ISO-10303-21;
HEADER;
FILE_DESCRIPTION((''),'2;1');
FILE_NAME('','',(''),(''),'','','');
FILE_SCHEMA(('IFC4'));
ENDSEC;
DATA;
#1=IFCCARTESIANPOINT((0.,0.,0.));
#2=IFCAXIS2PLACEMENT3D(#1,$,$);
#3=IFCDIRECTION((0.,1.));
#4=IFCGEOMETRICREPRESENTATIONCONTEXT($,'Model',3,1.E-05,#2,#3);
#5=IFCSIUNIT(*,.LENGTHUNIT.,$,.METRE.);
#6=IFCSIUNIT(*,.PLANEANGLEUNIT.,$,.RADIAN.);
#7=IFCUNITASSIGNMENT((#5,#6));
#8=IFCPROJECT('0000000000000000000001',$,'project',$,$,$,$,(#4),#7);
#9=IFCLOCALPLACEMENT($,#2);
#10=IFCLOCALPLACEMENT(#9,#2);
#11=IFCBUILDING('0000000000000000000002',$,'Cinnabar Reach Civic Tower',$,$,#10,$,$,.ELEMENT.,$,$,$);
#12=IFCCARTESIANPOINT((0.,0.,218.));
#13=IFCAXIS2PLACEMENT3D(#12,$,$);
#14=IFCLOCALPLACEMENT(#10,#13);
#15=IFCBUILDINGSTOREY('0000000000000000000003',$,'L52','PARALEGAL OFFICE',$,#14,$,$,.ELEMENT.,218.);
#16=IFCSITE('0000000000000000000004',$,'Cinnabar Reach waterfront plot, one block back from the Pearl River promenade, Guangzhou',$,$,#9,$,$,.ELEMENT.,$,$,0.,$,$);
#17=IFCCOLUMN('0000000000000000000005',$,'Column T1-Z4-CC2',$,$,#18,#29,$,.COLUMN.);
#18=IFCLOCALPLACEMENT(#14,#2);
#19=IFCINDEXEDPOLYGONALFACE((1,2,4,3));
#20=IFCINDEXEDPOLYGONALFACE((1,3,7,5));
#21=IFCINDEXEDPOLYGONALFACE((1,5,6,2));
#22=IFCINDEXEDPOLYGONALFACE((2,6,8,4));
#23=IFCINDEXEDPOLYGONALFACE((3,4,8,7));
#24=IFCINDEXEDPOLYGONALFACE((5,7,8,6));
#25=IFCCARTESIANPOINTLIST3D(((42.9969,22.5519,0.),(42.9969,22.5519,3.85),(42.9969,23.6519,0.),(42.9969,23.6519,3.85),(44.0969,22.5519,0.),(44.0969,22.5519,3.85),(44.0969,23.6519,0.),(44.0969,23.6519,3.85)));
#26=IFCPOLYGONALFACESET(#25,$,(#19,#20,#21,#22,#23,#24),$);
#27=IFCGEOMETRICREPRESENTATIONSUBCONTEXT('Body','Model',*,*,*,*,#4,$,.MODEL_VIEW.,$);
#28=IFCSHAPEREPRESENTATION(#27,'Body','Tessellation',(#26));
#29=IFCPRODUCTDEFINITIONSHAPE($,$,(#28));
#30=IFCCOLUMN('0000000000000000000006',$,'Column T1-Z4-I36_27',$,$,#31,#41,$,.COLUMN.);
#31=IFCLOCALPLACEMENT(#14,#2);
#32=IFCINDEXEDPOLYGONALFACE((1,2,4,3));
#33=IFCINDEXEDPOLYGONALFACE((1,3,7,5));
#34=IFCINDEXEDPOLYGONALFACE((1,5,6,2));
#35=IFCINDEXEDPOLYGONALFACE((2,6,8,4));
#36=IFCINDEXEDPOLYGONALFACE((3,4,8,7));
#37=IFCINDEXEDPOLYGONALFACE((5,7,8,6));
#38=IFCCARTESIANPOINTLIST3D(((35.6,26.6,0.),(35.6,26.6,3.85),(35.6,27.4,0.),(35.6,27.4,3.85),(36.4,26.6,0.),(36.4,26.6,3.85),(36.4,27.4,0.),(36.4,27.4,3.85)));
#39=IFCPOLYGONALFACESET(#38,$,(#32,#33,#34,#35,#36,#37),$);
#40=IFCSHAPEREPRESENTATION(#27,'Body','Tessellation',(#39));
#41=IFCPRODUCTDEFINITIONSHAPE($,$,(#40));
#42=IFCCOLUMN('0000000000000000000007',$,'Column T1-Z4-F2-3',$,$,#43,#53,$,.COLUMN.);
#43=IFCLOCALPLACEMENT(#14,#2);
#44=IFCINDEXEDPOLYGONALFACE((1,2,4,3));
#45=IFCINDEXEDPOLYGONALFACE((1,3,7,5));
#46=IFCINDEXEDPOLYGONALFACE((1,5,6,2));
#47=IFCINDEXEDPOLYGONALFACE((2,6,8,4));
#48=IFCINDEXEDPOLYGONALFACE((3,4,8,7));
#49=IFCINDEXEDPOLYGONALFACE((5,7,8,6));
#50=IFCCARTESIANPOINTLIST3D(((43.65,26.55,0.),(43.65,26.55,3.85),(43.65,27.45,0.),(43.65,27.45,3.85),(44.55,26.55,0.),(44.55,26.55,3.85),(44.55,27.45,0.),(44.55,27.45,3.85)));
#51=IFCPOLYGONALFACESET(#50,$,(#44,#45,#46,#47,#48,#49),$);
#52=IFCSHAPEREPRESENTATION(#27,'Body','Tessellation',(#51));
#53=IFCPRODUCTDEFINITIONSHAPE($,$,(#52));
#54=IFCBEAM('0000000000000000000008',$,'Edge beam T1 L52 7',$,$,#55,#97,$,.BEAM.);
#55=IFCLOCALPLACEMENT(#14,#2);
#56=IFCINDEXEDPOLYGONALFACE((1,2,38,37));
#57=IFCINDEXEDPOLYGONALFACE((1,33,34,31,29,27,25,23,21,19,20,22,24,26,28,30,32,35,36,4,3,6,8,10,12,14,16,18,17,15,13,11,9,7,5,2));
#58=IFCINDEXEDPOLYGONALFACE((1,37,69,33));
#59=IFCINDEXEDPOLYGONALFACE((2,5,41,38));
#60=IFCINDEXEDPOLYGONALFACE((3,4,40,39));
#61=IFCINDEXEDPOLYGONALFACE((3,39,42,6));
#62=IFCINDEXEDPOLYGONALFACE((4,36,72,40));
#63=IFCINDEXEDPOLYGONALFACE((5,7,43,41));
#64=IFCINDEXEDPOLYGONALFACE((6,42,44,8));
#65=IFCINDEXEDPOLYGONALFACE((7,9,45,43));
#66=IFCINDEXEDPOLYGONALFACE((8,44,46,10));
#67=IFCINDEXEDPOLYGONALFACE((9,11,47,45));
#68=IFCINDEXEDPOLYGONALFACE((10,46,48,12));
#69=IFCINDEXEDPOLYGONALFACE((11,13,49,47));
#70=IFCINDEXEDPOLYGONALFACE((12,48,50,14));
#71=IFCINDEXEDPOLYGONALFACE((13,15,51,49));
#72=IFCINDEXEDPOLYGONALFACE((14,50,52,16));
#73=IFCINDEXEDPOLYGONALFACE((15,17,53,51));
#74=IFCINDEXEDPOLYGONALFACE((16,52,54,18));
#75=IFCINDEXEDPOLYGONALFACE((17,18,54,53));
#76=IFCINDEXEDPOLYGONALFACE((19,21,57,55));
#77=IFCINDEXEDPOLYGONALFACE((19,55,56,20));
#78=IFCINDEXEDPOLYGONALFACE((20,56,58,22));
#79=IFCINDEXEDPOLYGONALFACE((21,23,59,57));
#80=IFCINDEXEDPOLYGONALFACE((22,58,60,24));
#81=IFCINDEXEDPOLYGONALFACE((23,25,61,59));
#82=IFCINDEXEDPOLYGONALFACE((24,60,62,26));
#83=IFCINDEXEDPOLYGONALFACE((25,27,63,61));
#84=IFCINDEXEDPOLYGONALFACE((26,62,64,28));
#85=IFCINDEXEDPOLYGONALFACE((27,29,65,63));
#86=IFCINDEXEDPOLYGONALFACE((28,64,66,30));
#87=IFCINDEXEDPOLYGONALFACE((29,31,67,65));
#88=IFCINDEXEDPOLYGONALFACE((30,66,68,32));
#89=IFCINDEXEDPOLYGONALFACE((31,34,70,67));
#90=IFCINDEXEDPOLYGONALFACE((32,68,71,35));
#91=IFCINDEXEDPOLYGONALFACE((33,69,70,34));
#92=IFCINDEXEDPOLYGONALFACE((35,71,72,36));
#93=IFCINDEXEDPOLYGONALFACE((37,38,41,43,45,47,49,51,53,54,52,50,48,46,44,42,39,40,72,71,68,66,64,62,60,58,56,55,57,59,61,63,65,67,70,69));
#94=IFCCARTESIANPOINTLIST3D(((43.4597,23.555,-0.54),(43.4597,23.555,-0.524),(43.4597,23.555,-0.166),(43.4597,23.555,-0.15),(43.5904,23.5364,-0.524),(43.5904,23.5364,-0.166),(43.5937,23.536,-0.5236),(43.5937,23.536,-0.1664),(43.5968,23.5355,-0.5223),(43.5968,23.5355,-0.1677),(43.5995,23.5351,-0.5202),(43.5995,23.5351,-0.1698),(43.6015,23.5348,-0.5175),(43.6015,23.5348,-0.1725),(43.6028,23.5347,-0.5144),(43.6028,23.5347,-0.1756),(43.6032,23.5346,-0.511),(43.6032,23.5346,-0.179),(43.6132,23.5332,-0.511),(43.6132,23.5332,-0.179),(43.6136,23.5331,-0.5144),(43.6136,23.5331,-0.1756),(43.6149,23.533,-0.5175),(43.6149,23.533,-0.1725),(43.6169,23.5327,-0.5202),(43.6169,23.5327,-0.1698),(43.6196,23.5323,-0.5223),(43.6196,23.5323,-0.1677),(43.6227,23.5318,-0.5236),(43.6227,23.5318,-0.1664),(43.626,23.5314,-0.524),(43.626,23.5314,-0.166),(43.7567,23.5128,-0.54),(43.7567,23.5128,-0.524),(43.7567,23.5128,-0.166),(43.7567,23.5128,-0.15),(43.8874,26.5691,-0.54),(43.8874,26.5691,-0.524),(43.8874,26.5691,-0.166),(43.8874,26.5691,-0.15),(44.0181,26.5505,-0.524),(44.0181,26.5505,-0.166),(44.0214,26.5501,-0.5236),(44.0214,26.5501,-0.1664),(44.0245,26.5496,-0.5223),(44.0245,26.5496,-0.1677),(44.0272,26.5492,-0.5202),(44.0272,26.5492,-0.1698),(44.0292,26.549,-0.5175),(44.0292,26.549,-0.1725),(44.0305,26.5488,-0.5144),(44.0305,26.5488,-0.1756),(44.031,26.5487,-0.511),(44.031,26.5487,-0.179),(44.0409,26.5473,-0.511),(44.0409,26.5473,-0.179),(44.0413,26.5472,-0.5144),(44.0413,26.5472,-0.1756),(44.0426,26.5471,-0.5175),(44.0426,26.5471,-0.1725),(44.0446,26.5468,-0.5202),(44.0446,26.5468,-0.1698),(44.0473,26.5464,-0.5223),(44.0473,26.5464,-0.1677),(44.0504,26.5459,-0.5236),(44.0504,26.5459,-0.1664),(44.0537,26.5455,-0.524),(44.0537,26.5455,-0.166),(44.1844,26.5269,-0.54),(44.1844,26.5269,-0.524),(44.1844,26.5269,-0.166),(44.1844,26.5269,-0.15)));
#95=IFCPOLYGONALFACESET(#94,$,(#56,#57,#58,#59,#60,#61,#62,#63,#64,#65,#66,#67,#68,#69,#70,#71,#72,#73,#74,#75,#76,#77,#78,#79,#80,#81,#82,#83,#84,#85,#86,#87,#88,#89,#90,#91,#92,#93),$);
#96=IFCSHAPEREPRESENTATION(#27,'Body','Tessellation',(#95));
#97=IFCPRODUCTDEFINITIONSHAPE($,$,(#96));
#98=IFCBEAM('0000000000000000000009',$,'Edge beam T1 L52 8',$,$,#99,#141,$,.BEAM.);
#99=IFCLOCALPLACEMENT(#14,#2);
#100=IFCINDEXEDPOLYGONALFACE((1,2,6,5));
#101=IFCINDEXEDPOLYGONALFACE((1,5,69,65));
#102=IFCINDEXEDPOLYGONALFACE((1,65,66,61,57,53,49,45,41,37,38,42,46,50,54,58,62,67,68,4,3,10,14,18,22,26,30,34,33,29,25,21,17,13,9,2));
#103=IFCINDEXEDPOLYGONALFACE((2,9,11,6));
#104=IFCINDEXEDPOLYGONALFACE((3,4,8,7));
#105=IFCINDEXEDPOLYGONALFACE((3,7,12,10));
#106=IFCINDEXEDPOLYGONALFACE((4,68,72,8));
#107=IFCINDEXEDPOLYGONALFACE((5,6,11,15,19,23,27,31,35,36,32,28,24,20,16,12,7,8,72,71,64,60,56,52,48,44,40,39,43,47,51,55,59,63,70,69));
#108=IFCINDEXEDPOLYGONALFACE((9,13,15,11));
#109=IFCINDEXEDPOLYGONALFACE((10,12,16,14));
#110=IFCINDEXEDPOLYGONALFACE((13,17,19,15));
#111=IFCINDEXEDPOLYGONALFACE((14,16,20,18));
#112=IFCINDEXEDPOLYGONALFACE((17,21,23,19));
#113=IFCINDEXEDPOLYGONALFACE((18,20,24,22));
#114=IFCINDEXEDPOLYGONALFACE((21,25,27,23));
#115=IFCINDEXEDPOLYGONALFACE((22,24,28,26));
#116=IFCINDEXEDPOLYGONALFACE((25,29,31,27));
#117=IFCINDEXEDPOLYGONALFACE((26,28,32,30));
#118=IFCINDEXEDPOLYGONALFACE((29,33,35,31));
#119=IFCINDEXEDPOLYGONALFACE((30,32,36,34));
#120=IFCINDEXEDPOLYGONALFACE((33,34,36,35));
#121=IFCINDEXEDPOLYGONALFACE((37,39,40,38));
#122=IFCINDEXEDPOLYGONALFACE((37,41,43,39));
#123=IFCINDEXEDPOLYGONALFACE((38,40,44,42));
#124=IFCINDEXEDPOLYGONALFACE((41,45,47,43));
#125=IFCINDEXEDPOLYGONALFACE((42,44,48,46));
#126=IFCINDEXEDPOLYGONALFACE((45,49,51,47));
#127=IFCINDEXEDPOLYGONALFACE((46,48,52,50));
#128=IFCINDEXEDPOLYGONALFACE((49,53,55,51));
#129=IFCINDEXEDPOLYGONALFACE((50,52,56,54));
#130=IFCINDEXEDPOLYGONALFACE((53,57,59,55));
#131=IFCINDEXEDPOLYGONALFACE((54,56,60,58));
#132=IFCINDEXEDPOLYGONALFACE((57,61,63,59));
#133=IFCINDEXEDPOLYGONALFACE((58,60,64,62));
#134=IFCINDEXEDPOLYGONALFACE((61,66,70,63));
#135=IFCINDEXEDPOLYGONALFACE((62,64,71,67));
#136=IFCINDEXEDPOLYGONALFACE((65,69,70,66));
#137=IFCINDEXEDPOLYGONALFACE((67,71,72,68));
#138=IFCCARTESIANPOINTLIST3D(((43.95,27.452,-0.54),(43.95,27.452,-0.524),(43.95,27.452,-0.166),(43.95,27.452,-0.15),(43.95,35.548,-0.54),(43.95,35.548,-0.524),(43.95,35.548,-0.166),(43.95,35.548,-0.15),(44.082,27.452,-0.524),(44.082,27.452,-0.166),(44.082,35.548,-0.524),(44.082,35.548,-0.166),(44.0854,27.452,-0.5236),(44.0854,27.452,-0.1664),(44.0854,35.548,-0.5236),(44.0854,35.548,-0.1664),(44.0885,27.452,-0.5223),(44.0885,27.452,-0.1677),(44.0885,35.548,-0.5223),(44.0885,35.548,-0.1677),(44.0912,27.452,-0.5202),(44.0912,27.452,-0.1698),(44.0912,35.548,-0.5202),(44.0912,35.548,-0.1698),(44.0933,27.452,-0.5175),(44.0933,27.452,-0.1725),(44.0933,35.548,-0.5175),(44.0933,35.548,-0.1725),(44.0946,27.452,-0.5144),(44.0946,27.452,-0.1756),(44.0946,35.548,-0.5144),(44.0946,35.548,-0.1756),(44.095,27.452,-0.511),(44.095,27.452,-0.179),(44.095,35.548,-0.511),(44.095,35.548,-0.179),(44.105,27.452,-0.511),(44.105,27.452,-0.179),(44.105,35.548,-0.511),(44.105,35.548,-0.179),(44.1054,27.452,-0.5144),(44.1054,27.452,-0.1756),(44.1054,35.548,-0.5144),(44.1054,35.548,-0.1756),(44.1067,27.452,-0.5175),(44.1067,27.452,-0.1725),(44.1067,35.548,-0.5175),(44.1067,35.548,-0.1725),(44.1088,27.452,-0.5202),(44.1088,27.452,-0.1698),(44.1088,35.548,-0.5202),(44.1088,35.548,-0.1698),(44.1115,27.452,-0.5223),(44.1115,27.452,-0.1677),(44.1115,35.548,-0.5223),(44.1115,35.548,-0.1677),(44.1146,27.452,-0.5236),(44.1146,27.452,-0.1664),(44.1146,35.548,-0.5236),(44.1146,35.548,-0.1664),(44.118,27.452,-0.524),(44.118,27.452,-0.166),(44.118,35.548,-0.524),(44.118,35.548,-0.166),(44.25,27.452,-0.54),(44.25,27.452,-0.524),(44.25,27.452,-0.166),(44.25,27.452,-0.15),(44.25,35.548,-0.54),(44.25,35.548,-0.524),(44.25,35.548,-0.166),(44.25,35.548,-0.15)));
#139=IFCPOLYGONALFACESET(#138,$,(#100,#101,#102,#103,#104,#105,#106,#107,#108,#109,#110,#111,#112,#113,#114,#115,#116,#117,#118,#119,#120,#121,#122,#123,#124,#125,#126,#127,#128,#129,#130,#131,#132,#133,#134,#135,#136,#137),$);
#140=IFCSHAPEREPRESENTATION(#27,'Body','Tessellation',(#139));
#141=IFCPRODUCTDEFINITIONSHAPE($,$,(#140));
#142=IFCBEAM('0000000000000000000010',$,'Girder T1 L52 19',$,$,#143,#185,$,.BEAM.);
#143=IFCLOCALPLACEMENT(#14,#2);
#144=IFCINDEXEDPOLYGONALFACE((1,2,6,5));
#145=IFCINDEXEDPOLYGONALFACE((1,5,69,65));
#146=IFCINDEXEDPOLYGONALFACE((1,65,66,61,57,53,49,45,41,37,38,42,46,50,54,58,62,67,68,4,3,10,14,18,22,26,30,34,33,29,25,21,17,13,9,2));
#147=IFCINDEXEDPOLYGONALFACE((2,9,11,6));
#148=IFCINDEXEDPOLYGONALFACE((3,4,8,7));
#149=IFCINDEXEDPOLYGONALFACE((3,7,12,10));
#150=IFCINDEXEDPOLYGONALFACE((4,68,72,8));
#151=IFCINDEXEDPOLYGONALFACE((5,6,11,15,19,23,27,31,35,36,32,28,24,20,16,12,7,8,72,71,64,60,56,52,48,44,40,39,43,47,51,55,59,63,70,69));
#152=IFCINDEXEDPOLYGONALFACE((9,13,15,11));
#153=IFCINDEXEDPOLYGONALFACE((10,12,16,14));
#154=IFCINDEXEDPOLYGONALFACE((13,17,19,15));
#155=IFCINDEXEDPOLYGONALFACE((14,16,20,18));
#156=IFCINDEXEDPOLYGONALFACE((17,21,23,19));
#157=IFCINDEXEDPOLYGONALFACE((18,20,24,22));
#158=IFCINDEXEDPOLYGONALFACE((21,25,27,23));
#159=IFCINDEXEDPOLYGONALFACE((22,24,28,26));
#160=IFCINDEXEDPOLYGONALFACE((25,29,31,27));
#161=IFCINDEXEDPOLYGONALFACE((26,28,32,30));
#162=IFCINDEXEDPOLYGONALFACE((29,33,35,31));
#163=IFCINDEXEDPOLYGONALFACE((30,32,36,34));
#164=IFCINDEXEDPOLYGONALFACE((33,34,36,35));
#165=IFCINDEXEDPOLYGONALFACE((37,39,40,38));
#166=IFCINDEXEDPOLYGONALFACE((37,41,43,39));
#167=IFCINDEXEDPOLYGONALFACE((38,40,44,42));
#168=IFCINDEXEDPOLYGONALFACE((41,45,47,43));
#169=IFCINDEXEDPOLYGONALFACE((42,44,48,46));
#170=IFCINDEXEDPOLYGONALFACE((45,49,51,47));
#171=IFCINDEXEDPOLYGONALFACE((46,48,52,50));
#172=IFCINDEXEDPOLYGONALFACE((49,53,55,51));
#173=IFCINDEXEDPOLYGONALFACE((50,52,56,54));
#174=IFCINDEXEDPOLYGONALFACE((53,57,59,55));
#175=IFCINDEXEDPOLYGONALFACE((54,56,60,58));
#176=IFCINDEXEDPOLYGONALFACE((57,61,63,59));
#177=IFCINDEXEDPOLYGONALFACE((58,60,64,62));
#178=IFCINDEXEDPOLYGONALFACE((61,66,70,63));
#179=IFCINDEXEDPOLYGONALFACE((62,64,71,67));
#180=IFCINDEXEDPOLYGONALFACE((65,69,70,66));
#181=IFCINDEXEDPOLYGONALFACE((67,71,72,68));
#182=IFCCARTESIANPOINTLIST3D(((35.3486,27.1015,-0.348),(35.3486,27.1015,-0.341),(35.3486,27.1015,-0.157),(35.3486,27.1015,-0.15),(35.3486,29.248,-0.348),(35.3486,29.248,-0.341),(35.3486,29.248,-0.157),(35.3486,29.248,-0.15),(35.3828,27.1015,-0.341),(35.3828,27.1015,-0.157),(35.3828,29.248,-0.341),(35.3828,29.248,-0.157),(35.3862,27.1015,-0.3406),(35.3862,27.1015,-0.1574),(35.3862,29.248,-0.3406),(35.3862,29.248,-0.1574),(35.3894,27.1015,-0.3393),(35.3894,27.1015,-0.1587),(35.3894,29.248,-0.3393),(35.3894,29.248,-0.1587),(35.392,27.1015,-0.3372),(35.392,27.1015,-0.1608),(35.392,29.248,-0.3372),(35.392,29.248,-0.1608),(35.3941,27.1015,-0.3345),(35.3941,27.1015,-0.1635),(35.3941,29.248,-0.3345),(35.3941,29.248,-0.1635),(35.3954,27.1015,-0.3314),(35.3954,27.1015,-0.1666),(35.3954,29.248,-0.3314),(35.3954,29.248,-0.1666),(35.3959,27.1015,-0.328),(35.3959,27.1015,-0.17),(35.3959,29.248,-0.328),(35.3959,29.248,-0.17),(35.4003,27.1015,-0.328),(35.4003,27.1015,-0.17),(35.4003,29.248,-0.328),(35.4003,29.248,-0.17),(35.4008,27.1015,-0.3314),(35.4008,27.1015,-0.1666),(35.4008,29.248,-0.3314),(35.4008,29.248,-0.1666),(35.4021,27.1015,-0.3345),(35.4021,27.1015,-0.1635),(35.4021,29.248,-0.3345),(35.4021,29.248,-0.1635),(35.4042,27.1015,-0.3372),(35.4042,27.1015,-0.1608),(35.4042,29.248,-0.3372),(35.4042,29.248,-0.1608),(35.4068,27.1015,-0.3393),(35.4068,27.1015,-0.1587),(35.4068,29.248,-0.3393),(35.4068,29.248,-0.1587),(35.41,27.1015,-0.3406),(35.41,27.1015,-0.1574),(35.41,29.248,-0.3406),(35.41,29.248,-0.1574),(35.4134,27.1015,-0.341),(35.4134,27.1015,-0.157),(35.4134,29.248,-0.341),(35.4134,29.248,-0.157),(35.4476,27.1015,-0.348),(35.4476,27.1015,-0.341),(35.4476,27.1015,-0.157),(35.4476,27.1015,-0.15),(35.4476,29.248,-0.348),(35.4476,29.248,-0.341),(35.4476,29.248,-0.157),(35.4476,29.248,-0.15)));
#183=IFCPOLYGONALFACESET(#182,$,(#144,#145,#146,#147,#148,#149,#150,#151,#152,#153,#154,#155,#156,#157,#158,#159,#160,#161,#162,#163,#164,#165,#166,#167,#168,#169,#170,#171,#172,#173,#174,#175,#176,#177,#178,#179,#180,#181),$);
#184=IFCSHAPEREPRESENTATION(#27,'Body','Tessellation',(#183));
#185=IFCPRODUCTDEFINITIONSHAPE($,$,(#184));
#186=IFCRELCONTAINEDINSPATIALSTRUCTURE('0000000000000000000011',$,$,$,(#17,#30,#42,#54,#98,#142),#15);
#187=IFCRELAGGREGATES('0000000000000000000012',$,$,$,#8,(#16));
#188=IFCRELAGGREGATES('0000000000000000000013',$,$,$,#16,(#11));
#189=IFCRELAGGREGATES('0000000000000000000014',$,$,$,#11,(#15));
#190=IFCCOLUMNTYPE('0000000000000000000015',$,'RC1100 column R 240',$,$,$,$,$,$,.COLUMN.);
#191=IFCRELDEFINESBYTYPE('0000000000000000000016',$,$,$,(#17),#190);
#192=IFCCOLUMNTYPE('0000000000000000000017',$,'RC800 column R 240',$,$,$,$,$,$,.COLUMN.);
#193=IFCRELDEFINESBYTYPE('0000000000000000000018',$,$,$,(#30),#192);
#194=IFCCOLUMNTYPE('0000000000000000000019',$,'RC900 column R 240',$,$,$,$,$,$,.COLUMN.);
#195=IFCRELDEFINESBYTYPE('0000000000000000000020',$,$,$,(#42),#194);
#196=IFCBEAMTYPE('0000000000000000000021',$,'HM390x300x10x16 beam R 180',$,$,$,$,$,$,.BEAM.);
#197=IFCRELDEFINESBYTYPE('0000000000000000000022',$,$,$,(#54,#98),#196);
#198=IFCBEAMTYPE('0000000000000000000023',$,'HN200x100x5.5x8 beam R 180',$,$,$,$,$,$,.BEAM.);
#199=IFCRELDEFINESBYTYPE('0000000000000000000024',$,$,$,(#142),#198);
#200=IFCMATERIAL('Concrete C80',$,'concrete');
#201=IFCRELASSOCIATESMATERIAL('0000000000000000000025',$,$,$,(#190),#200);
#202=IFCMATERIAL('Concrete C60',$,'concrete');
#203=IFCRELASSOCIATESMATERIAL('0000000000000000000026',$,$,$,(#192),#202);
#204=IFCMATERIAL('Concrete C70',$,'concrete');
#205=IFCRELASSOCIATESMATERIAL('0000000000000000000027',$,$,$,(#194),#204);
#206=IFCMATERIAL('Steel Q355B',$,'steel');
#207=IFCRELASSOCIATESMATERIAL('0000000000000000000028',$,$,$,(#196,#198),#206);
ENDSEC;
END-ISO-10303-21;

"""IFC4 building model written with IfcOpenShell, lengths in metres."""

from ifc_helpers import new_model, si_unit, direction, frame, origin, origin_2d, place, context, subcontext, project, spatial, rectangle, i_section, extrude, material, material_profile, profile_set, type_object, element, save


model = new_model("IFC4")

# Units and contexts
model_context = context("Model", 3, precision=1e-05, world=origin(), true_north=direction((0.0, 1.0)))
body_context = subcontext(model_context, "Body", "Model", "MODEL_VIEW")
ifc_project = project(units=[si_unit("LENGTHUNIT", "METRE"), si_unit("PLANEANGLEUNIT", "RADIAN")], contexts=[model_context])

# Site, building, storey
site_placement = place(None, origin())
site = spatial("IfcSite", under=ifc_project, at=site_placement, Name="Cinnabar Reach waterfront plot, one block back from the Pearl River promenade, Guangzhou", CompositionType="ELEMENT", RefElevation=0.0)
building_placement = place(site_placement, origin())
building = spatial("IfcBuilding", under=site, at=building_placement, Name="Cinnabar Reach Civic Tower", CompositionType="ELEMENT")
storey_placement = place(building_placement, frame((0.0, 0.0, 218.0)))
storey = spatial("IfcBuildingStorey", under=building, at=storey_placement, Name="L52", Description="PARALEGAL OFFICE", CompositionType="ELEMENT", Elevation=218.0)

# Columns
ifc_material_1 = material(Name="Concrete C80", Category="concrete")
ifc_material_profile_1 = material_profile(ifc_material_1, rectangle(XDim=1.1, YDim=1.1, at=origin_2d()), Name="RC1100")
ifc_profile_set_1 = profile_set([ifc_material_profile_1], Name="Concrete C80")
column_type_1 = type_object("IfcColumnType", Name="RC1100 column R 240", PredefinedType="COLUMN", material=ifc_profile_set_1)
column_1_placement = place(storey_placement, frame((43.5469, 23.1019, 0.0), z_axis=(0.0, 0.0, 1.0), x_axis=(1.0, 0.0, 0.0)))
element("IfcColumn", 1, at=column_1_placement, inside=storey, type_object=column_type_1, Name="Column T1-Z4-CC2", PredefinedType="COLUMN", context=body_context, shape_type="SweptSolid", body=[
    extrude(rectangle(XDim=1.1, YDim=1.1, at=origin_2d()), origin(), (0.0, 0.0, 1.0), 3.85),
])
ifc_material_2 = material(Name="Concrete C60", Category="concrete")
ifc_material_profile_2 = material_profile(ifc_material_2, rectangle(XDim=0.8, YDim=0.8, at=origin_2d()), Name="RC800")
ifc_profile_set_2 = profile_set([ifc_material_profile_2], Name="Concrete C60")
column_type_2 = type_object("IfcColumnType", Name="RC800 column R 240", PredefinedType="COLUMN", material=ifc_profile_set_2)
column_2_placement = place(storey_placement, frame((36.0, 27.0, 0.0), z_axis=(0.0, 0.0, 1.0), x_axis=(1.0, 0.0, 0.0)))
element("IfcColumn", 2, at=column_2_placement, inside=storey, type_object=column_type_2, Name="Column T1-Z4-I36_27", PredefinedType="COLUMN", context=body_context, shape_type="SweptSolid", body=[
    extrude(rectangle(XDim=0.8, YDim=0.8, at=origin_2d()), origin(), (0.0, 0.0, 1.0), 3.85),
])
ifc_material_3 = material(Name="Concrete C70", Category="concrete")
ifc_material_profile_3 = material_profile(ifc_material_3, rectangle(XDim=0.9, YDim=0.9, at=origin_2d()), Name="RC900")
ifc_profile_set_3 = profile_set([ifc_material_profile_3], Name="Concrete C70")
column_type_3 = type_object("IfcColumnType", Name="RC900 column R 240", PredefinedType="COLUMN", material=ifc_profile_set_3)
column_3_placement = place(storey_placement, frame((44.1, 27.0, 0.0), z_axis=(0.0, 0.0, 1.0), x_axis=(1.0, 0.0, 0.0)))
element("IfcColumn", 3, at=column_3_placement, inside=storey, type_object=column_type_3, Name="Column T1-Z4-F2-3", PredefinedType="COLUMN", context=body_context, shape_type="SweptSolid", body=[
    extrude(rectangle(XDim=0.9, YDim=0.9, at=origin_2d()), origin(), (0.0, 0.0, 1.0), 3.85),
])

# Beams
ifc_material_4 = material(Name="Steel Q355B", Category="steel")
ifc_material_profile_4 = material_profile(ifc_material_4, i_section(OverallWidth=0.3, OverallDepth=0.39, WebThickness=0.01, FlangeThickness=0.016, FilletRadius=0.013, at=origin_2d()), Name="HM390x300x10x16")
ifc_profile_set_4 = profile_set([ifc_material_profile_4], Name="Steel Q355B")
beam_type_1 = type_object("IfcBeamType", Name="HM390x300x10x16 beam R 180", PredefinedType="BEAM", material=ifc_profile_set_4)
beam_1_placement = place(storey_placement, frame((43.6082, 23.5339, -0.345), z_axis=(0.140492, 0.990082, 0.0), x_axis=(-0.990082, 0.140492, 0.0)))
element("IfcBeam", 4, at=beam_1_placement, inside=storey, type_object=beam_type_1, Name="Edge beam T1 L52 7", PredefinedType="BEAM", context=body_context, shape_type="SweptSolid", body=[
    extrude(i_section(OverallWidth=0.3, OverallDepth=0.39, WebThickness=0.01, FlangeThickness=0.016, FilletRadius=0.013, at=origin_2d()), origin(), (0.0, 0.0, 1.0), 3.0443),
])
beam_2_placement = place(storey_placement, frame((44.1, 27.452, -0.345), z_axis=(0.0, 1.0, 0.0), x_axis=(-1.0, 0.0, 0.0)))
element("IfcBeam", 5, at=beam_2_placement, inside=storey, type_object=beam_type_1, Name="Edge beam T1 L52 8", PredefinedType="BEAM", context=body_context, shape_type="SweptSolid", body=[
    extrude(i_section(OverallWidth=0.3, OverallDepth=0.39, WebThickness=0.01, FlangeThickness=0.016, FilletRadius=0.013, at=origin_2d()), origin(), (0.0, 0.0, 1.0), 8.096),
])
ifc_material_profile_5 = material_profile(ifc_material_4, i_section(OverallWidth=0.099, OverallDepth=0.198, WebThickness=0.0045, FlangeThickness=0.007, FilletRadius=0.013, at=origin_2d()), Name="HN200x100x5.5x8")
ifc_profile_set_5 = profile_set([ifc_material_profile_5], Name="Steel Q355B")
beam_type_2 = type_object("IfcBeamType", Name="HN200x100x5.5x8 beam R 180", PredefinedType="BEAM", material=ifc_profile_set_5)
beam_3_placement = place(storey_placement, frame((35.3981, 27.1015, -0.249), z_axis=(0.0, 1.0, 0.0), x_axis=(-1.0, 0.0, 0.0)))
element("IfcBeam", 6, at=beam_3_placement, inside=storey, type_object=beam_type_2, Name="Girder T1 L52 19", PredefinedType="BEAM", context=body_context, shape_type="SweptSolid", body=[
    extrude(i_section(OverallWidth=0.099, OverallDepth=0.198, WebThickness=0.0045, FlangeThickness=0.007, FilletRadius=0.013, at=origin_2d()), origin(), (0.0, 0.0, 1.0), 2.1465),
])

save(model, "model.ifc")
